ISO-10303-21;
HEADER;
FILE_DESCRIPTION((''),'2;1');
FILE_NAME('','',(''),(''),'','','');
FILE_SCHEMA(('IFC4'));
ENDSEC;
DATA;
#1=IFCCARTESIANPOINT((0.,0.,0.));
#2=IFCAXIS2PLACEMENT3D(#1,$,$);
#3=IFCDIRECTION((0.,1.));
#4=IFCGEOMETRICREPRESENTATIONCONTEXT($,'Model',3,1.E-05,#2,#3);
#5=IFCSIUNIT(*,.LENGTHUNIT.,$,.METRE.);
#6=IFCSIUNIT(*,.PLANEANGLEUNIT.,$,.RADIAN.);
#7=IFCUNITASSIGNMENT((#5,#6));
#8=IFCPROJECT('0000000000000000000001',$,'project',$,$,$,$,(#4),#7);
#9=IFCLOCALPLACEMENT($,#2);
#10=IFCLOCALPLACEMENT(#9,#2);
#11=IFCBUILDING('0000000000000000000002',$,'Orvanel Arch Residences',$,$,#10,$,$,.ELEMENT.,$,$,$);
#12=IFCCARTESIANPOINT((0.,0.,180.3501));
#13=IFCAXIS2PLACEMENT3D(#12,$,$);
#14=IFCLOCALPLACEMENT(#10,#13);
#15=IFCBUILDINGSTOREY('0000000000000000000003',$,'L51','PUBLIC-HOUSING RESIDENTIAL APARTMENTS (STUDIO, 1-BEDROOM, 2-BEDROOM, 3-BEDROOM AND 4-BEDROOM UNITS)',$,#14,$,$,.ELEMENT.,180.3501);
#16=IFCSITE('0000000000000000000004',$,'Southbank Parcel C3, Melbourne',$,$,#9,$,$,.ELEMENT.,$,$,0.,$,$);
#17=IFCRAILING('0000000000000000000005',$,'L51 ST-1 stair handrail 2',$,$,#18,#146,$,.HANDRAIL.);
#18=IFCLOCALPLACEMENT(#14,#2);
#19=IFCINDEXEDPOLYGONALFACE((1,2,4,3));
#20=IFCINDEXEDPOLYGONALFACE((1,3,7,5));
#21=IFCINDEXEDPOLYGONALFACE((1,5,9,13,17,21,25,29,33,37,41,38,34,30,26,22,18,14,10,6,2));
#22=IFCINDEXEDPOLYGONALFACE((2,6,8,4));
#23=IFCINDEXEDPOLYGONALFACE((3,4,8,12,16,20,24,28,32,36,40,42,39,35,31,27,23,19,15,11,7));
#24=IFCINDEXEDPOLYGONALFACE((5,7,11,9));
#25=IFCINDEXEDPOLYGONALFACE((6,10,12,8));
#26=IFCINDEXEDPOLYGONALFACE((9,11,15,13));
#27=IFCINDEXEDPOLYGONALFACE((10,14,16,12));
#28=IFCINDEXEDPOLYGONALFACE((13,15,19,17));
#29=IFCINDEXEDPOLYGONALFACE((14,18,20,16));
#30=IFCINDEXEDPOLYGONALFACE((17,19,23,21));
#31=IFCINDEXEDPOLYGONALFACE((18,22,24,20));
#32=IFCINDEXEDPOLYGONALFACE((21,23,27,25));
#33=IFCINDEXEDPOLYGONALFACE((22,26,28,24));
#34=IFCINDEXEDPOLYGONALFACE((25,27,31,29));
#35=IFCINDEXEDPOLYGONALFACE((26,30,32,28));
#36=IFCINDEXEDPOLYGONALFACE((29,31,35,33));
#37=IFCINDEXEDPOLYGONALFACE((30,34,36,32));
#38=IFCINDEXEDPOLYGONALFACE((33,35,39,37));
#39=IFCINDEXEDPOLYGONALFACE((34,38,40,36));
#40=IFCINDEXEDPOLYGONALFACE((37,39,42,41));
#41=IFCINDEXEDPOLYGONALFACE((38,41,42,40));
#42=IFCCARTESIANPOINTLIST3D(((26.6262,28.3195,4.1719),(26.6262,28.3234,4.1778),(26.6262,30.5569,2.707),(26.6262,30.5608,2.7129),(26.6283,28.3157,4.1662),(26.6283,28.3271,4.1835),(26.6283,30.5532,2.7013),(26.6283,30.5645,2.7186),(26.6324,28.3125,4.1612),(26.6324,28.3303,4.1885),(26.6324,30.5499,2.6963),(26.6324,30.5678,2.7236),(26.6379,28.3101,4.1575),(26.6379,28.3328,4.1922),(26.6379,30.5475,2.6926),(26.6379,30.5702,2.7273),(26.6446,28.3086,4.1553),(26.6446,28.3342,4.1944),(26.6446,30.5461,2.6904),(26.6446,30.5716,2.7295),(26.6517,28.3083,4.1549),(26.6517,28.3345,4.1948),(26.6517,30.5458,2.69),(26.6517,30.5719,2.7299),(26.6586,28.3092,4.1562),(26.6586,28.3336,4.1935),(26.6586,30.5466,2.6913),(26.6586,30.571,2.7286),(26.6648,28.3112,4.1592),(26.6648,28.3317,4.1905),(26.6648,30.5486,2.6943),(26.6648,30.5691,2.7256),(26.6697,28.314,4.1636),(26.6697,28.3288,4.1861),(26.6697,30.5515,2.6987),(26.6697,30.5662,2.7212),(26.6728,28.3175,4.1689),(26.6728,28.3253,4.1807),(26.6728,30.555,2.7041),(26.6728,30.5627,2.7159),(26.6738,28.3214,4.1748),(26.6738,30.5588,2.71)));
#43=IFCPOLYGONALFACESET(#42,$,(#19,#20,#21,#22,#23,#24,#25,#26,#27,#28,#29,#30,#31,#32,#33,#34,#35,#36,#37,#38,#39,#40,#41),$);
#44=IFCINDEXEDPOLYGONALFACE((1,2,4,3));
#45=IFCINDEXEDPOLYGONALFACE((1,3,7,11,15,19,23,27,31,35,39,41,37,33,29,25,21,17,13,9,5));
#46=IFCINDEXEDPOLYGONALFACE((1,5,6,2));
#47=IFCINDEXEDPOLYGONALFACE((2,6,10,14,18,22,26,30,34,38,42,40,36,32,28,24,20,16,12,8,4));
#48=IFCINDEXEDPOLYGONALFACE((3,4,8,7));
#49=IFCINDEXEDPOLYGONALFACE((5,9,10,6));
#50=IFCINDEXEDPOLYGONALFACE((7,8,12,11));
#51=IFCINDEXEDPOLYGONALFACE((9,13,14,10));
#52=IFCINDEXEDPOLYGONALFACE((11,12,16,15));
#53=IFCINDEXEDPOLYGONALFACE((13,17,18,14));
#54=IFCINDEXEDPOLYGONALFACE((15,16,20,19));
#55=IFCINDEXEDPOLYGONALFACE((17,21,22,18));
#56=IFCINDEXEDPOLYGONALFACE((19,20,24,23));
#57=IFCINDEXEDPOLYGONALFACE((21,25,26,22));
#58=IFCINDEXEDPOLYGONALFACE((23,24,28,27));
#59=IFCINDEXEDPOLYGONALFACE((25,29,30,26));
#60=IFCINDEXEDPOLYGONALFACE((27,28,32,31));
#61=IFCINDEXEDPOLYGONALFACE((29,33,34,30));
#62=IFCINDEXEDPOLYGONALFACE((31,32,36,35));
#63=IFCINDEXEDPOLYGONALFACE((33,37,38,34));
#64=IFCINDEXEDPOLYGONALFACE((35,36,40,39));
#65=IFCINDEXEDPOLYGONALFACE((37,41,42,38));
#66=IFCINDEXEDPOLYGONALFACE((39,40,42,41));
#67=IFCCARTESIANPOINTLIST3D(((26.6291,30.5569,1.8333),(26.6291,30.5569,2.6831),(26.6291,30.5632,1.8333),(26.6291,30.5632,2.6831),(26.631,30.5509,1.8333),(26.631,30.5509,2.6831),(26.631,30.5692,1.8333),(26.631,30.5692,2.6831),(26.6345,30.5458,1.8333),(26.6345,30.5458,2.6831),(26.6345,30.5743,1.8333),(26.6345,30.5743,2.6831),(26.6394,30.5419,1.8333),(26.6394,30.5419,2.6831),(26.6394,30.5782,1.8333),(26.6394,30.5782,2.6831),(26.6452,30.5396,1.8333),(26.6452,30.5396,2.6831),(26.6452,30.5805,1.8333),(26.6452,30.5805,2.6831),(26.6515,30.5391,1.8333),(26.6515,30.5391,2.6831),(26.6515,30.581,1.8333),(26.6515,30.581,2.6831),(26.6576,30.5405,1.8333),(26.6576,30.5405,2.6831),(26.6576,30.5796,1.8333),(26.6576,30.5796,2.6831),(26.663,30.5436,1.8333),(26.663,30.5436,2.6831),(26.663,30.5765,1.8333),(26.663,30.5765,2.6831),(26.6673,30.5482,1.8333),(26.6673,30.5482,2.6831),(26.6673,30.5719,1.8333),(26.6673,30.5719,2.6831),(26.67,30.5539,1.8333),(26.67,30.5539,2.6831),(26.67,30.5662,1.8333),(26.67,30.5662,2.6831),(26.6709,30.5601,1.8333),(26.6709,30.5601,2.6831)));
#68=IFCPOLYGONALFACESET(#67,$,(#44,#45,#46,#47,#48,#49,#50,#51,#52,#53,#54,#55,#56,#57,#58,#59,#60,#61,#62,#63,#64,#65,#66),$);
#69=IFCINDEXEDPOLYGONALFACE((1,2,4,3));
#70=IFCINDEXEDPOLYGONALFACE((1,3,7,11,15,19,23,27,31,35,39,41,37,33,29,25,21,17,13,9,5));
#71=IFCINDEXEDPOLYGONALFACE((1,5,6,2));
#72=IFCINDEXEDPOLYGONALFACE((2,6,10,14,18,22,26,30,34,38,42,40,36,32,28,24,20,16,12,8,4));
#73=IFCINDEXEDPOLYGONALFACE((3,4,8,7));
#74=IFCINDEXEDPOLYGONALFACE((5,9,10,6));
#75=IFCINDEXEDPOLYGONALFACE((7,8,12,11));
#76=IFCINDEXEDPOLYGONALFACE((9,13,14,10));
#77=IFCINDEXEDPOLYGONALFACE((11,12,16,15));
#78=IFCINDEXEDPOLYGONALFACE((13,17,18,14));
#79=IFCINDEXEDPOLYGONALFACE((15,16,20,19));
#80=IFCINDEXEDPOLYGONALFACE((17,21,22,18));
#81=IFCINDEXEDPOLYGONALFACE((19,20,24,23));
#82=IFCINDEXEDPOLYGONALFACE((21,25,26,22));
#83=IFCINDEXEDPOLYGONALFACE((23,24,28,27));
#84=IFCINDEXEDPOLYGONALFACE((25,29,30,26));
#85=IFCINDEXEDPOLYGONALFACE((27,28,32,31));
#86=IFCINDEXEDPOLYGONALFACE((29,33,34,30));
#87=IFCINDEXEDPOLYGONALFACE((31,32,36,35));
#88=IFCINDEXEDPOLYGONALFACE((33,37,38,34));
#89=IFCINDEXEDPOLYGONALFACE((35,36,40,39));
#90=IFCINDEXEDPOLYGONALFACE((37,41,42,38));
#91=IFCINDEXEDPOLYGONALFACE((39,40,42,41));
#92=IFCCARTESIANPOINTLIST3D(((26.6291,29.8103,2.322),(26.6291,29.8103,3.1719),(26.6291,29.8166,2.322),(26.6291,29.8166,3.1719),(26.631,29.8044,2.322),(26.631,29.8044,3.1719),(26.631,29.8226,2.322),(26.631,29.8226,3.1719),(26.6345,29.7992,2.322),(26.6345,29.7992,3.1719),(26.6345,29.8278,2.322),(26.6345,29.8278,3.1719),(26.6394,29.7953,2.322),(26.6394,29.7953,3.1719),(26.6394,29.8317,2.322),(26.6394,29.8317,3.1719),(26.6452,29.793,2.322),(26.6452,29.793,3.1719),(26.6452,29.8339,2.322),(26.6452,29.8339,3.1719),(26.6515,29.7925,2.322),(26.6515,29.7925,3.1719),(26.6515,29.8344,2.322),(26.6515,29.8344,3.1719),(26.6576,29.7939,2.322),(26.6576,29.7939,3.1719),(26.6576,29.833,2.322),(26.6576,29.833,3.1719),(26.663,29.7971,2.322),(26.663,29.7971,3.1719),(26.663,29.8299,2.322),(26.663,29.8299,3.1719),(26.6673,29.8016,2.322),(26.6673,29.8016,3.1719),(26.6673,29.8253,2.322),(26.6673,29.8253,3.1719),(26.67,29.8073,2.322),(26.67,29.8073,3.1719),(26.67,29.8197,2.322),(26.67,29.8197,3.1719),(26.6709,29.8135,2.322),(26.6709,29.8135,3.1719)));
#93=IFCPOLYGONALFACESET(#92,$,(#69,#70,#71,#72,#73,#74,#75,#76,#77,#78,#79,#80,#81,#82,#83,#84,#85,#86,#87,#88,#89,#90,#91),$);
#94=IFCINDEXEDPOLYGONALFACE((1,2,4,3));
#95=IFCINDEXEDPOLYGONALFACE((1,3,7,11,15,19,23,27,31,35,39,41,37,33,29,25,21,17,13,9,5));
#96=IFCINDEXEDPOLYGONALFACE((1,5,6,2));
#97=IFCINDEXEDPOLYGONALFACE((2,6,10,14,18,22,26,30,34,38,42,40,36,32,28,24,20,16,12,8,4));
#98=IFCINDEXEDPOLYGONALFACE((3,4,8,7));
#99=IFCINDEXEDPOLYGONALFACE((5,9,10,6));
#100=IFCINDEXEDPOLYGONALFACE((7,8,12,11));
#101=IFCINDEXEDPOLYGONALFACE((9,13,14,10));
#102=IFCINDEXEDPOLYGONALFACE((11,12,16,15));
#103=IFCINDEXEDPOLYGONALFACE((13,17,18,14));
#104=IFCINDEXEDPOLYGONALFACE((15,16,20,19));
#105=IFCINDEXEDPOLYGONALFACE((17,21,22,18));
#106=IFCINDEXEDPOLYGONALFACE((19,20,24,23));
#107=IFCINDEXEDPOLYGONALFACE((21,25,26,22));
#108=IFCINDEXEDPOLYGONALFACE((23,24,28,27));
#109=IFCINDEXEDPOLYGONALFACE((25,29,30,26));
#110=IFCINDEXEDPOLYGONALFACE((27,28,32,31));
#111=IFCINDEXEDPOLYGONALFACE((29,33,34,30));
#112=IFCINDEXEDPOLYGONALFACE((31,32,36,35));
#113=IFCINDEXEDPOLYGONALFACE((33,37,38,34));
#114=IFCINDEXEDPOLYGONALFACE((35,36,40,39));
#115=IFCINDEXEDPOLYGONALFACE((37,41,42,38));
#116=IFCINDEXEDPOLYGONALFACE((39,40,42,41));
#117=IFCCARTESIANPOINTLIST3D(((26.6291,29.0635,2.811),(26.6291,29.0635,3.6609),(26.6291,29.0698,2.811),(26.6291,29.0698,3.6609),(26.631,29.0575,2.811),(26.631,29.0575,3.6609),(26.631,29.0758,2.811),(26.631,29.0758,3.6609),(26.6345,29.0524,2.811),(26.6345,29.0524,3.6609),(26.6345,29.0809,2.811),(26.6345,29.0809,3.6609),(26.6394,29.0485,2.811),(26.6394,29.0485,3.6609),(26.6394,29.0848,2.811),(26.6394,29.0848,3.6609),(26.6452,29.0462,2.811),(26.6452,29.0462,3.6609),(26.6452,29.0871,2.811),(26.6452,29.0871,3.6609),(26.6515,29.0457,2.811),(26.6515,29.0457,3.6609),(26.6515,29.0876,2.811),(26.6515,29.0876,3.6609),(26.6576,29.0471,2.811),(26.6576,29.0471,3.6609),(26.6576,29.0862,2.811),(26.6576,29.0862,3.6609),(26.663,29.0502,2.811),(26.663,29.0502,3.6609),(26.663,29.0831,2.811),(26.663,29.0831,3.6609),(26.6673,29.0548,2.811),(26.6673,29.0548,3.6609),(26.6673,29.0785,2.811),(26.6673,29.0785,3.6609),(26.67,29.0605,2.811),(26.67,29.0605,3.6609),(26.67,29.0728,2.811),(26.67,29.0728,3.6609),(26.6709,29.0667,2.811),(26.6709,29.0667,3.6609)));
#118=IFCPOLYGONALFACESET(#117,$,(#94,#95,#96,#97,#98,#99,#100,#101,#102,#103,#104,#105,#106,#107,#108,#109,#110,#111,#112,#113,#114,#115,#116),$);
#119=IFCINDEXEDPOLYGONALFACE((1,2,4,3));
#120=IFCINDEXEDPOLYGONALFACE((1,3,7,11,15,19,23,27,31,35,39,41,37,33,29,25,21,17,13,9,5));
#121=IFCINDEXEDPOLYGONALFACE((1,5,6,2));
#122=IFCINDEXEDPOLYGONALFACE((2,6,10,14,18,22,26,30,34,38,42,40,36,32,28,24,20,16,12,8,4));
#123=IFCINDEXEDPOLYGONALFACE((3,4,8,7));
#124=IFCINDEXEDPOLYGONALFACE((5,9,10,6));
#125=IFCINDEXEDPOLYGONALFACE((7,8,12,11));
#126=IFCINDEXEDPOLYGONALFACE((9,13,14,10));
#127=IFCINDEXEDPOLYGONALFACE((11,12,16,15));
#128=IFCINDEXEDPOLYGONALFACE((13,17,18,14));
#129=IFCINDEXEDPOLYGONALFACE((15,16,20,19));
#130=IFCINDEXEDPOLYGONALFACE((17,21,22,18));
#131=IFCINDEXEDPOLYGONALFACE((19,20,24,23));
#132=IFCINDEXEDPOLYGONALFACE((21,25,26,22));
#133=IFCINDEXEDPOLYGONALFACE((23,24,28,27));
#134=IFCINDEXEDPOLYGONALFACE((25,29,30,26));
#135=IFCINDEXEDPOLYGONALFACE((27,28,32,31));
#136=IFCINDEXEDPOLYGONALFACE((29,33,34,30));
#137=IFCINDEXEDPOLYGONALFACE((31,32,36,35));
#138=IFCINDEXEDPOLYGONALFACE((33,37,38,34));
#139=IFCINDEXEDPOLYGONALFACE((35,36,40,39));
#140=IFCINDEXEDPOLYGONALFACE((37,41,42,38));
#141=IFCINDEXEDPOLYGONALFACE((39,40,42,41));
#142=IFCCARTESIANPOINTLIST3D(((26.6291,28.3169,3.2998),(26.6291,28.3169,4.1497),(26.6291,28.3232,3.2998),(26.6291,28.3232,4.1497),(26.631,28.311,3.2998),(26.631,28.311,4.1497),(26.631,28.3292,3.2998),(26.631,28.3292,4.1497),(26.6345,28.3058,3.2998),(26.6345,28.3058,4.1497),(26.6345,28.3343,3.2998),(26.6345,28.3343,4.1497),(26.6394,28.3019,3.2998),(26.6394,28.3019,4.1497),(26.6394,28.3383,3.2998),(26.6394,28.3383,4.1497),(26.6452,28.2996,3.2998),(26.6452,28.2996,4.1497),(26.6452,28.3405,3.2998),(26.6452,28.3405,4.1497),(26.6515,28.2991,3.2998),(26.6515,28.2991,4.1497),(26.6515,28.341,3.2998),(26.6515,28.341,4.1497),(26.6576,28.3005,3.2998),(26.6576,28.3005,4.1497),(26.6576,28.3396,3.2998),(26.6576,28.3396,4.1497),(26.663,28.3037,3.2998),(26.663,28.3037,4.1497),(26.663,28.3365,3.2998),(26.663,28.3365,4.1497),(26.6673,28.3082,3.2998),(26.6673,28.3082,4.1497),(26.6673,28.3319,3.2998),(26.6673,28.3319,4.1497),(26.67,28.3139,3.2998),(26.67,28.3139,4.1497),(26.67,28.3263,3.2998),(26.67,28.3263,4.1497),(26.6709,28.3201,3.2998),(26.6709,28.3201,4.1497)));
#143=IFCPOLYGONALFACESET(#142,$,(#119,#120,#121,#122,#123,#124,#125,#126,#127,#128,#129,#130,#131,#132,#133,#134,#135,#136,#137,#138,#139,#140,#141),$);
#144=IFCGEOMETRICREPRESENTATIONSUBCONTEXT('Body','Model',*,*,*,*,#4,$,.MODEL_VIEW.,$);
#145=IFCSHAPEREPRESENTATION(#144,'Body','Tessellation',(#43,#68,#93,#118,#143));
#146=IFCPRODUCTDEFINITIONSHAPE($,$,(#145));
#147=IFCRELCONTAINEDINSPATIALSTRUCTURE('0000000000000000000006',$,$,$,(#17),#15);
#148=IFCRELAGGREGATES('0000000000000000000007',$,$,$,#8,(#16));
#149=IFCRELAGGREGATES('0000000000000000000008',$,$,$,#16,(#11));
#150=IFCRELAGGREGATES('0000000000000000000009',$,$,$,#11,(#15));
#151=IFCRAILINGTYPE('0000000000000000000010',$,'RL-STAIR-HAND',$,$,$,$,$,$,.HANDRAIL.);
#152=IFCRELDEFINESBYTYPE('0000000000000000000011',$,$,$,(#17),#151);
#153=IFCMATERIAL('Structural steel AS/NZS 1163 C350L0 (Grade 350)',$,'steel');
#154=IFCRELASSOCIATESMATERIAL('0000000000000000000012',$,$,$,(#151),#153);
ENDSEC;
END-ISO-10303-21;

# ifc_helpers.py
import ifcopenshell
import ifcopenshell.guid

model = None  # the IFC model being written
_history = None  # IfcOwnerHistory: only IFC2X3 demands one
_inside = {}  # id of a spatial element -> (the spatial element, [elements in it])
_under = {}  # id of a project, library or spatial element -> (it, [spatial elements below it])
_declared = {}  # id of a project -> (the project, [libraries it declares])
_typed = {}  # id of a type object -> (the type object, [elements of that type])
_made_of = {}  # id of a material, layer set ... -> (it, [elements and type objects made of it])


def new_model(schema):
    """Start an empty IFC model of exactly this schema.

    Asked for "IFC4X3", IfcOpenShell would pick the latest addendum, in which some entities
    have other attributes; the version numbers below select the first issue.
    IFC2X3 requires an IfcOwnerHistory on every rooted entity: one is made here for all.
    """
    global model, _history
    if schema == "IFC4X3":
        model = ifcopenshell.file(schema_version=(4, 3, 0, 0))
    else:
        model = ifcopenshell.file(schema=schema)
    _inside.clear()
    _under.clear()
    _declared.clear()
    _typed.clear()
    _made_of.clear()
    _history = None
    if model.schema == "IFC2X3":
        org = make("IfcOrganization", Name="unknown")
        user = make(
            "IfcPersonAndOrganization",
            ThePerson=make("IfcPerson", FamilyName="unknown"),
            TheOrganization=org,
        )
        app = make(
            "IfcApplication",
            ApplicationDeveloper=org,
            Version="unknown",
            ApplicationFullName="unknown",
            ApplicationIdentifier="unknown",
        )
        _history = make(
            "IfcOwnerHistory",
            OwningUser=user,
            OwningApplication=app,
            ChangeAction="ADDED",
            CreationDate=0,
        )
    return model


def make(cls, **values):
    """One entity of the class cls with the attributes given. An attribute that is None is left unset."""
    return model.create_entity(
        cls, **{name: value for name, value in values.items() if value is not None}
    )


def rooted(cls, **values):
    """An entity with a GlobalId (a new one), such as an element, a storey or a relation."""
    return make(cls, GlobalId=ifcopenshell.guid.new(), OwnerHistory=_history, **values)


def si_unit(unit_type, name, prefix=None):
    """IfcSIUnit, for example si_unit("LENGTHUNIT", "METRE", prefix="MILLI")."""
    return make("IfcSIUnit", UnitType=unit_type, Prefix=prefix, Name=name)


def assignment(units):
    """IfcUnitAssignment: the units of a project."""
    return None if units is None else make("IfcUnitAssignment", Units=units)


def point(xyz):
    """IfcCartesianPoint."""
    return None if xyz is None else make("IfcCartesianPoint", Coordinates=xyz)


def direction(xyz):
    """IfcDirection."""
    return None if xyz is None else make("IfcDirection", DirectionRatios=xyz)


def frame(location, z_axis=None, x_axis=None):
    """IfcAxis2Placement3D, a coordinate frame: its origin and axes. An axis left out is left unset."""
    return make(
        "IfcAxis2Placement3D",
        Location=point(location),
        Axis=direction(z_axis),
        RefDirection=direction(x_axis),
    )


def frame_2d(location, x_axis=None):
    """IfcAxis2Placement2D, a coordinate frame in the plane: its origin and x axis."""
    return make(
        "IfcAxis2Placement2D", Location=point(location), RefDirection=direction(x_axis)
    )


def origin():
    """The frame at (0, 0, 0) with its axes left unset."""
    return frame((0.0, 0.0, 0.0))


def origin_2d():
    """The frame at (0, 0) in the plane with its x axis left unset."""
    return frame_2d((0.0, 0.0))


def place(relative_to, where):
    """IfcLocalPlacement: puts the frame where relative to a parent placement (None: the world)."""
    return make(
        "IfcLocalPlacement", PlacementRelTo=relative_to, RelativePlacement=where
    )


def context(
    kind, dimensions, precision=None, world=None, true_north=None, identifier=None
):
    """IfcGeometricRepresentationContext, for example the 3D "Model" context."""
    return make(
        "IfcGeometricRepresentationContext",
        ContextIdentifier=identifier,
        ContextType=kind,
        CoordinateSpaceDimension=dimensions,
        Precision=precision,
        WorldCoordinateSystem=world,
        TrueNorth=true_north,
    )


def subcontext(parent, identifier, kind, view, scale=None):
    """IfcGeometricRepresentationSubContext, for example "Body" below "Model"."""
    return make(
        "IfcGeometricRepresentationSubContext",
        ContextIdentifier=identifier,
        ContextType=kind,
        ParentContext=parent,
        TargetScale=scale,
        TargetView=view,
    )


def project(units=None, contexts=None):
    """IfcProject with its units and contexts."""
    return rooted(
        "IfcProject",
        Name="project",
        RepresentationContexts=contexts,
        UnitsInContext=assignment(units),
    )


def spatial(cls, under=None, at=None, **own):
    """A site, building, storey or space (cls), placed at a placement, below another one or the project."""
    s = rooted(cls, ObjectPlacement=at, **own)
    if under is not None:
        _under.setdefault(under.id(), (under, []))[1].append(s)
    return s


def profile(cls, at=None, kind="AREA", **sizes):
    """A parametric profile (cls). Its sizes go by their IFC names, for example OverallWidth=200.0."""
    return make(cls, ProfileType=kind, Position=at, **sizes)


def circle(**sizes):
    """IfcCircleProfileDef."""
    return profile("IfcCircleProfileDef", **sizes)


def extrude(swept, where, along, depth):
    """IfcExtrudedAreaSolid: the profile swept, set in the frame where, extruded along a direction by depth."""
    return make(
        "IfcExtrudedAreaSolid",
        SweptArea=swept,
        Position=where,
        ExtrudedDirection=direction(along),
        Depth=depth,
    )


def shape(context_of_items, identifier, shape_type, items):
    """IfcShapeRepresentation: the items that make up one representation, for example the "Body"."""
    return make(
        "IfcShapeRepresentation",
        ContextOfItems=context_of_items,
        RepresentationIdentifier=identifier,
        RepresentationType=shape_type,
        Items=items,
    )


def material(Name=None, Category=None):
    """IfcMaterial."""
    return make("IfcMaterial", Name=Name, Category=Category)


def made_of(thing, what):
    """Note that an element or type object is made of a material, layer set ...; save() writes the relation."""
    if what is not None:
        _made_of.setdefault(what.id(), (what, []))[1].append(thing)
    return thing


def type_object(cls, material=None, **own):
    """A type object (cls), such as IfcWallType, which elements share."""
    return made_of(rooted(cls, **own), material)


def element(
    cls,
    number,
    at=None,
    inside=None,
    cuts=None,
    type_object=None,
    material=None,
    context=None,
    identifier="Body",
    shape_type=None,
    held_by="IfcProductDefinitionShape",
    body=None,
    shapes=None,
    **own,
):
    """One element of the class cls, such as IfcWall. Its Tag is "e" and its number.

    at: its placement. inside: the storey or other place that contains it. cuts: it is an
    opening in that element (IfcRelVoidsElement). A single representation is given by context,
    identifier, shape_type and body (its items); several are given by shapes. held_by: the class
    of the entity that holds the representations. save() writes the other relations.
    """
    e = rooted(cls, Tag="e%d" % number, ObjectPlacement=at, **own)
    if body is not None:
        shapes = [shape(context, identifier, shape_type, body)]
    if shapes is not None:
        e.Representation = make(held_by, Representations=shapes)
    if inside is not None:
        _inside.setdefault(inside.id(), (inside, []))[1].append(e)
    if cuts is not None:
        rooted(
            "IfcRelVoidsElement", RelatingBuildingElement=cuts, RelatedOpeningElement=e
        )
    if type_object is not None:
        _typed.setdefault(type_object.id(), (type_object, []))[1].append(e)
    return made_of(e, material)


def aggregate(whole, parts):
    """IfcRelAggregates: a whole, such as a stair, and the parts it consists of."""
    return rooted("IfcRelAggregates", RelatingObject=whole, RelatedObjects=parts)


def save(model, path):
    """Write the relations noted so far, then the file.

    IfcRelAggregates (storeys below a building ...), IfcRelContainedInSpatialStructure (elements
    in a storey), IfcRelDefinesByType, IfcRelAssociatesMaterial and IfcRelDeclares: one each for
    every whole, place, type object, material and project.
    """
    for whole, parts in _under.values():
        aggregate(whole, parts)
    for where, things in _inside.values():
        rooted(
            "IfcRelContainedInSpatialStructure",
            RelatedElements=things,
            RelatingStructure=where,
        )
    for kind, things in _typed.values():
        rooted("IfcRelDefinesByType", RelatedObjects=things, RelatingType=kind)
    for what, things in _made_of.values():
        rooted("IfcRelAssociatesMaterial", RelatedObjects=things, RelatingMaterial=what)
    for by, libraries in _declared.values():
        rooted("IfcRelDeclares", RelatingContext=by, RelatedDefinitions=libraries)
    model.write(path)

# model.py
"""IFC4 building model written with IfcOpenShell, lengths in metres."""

from ifc_helpers import new_model, si_unit, direction, frame, origin, origin_2d, place, context, subcontext, project, spatial, circle, extrude, material, type_object, element, save


model = new_model("IFC4")

# Units and contexts
model_context = context("Model", 3, precision=1e-05, world=origin(), true_north=direction((0.0, 1.0)))
body_context = subcontext(model_context, "Body", "Model", "MODEL_VIEW")
ifc_project = project(units=[si_unit("LENGTHUNIT", "METRE"), si_unit("PLANEANGLEUNIT", "RADIAN")], contexts=[model_context])

# Site, building, storey
site_placement = place(None, origin())
site = spatial("IfcSite", under=ifc_project, at=site_placement, Name="Southbank Parcel C3, Melbourne", CompositionType="ELEMENT", RefElevation=0.0)
building_placement = place(site_placement, origin())
building = spatial("IfcBuilding", under=site, at=building_placement, Name="Orvanel Arch Residences", CompositionType="ELEMENT")
storey_placement = place(building_placement, frame((0.0, 0.0, 180.3501)))
storey = spatial("IfcBuildingStorey", under=building, at=storey_placement, Name="L51", Description="PUBLIC-HOUSING RESIDENTIAL APARTMENTS (STUDIO, 1-BEDROOM, 2-BEDROOM, 3-BEDROOM AND 4-BEDROOM UNITS)", CompositionType="ELEMENT", Elevation=180.3501)

# Railing
ifc_material_1 = material(Name="Structural steel AS/NZS 1163 C350L0 (Grade 350)", Category="steel")
railing_type_1 = type_object("IfcRailingType", Name="RL-STAIR-HAND", PredefinedType="HANDRAIL", material=ifc_material_1)
railing_1_placement = place(storey_placement, frame((26.6499, 30.5601, 1.8333)))
element("IfcRailing", 1, at=railing_1_placement, inside=storey, type_object=railing_type_1, Name="L51 ST-1 stair handrail 2", PredefinedType="HANDRAIL", context=body_context, shape_type="SweptSolid", body=[
    extrude(circle(Radius=0.0239, at=origin_2d()), frame((0.0, -0.0012, 0.8767), z_axis=(0.0, -0.836637, 0.547758), x_axis=(1.0, 0.0, 0.0)), (0.0, 0.0, 1.0), 2.6743),
    extrude(circle(Radius=0.021, at=origin_2d()), origin(), (0.0, 0.0, 1.0), 0.8499),
    extrude(circle(Radius=0.021, at=origin_2d()), frame((0.0, -0.7466, 0.4888)), (0.0, 0.0, 1.0), 0.8499),
    extrude(circle(Radius=0.021, at=origin_2d()), frame((0.0, -1.4934, 0.9778)), (0.0, 0.0, 1.0), 0.8499),
    extrude(circle(Radius=0.021, at=origin_2d()), frame((0.0, -2.24, 1.4666)), (0.0, 0.0, 1.0), 0.8499),
])

save(model, "model.ifc")
